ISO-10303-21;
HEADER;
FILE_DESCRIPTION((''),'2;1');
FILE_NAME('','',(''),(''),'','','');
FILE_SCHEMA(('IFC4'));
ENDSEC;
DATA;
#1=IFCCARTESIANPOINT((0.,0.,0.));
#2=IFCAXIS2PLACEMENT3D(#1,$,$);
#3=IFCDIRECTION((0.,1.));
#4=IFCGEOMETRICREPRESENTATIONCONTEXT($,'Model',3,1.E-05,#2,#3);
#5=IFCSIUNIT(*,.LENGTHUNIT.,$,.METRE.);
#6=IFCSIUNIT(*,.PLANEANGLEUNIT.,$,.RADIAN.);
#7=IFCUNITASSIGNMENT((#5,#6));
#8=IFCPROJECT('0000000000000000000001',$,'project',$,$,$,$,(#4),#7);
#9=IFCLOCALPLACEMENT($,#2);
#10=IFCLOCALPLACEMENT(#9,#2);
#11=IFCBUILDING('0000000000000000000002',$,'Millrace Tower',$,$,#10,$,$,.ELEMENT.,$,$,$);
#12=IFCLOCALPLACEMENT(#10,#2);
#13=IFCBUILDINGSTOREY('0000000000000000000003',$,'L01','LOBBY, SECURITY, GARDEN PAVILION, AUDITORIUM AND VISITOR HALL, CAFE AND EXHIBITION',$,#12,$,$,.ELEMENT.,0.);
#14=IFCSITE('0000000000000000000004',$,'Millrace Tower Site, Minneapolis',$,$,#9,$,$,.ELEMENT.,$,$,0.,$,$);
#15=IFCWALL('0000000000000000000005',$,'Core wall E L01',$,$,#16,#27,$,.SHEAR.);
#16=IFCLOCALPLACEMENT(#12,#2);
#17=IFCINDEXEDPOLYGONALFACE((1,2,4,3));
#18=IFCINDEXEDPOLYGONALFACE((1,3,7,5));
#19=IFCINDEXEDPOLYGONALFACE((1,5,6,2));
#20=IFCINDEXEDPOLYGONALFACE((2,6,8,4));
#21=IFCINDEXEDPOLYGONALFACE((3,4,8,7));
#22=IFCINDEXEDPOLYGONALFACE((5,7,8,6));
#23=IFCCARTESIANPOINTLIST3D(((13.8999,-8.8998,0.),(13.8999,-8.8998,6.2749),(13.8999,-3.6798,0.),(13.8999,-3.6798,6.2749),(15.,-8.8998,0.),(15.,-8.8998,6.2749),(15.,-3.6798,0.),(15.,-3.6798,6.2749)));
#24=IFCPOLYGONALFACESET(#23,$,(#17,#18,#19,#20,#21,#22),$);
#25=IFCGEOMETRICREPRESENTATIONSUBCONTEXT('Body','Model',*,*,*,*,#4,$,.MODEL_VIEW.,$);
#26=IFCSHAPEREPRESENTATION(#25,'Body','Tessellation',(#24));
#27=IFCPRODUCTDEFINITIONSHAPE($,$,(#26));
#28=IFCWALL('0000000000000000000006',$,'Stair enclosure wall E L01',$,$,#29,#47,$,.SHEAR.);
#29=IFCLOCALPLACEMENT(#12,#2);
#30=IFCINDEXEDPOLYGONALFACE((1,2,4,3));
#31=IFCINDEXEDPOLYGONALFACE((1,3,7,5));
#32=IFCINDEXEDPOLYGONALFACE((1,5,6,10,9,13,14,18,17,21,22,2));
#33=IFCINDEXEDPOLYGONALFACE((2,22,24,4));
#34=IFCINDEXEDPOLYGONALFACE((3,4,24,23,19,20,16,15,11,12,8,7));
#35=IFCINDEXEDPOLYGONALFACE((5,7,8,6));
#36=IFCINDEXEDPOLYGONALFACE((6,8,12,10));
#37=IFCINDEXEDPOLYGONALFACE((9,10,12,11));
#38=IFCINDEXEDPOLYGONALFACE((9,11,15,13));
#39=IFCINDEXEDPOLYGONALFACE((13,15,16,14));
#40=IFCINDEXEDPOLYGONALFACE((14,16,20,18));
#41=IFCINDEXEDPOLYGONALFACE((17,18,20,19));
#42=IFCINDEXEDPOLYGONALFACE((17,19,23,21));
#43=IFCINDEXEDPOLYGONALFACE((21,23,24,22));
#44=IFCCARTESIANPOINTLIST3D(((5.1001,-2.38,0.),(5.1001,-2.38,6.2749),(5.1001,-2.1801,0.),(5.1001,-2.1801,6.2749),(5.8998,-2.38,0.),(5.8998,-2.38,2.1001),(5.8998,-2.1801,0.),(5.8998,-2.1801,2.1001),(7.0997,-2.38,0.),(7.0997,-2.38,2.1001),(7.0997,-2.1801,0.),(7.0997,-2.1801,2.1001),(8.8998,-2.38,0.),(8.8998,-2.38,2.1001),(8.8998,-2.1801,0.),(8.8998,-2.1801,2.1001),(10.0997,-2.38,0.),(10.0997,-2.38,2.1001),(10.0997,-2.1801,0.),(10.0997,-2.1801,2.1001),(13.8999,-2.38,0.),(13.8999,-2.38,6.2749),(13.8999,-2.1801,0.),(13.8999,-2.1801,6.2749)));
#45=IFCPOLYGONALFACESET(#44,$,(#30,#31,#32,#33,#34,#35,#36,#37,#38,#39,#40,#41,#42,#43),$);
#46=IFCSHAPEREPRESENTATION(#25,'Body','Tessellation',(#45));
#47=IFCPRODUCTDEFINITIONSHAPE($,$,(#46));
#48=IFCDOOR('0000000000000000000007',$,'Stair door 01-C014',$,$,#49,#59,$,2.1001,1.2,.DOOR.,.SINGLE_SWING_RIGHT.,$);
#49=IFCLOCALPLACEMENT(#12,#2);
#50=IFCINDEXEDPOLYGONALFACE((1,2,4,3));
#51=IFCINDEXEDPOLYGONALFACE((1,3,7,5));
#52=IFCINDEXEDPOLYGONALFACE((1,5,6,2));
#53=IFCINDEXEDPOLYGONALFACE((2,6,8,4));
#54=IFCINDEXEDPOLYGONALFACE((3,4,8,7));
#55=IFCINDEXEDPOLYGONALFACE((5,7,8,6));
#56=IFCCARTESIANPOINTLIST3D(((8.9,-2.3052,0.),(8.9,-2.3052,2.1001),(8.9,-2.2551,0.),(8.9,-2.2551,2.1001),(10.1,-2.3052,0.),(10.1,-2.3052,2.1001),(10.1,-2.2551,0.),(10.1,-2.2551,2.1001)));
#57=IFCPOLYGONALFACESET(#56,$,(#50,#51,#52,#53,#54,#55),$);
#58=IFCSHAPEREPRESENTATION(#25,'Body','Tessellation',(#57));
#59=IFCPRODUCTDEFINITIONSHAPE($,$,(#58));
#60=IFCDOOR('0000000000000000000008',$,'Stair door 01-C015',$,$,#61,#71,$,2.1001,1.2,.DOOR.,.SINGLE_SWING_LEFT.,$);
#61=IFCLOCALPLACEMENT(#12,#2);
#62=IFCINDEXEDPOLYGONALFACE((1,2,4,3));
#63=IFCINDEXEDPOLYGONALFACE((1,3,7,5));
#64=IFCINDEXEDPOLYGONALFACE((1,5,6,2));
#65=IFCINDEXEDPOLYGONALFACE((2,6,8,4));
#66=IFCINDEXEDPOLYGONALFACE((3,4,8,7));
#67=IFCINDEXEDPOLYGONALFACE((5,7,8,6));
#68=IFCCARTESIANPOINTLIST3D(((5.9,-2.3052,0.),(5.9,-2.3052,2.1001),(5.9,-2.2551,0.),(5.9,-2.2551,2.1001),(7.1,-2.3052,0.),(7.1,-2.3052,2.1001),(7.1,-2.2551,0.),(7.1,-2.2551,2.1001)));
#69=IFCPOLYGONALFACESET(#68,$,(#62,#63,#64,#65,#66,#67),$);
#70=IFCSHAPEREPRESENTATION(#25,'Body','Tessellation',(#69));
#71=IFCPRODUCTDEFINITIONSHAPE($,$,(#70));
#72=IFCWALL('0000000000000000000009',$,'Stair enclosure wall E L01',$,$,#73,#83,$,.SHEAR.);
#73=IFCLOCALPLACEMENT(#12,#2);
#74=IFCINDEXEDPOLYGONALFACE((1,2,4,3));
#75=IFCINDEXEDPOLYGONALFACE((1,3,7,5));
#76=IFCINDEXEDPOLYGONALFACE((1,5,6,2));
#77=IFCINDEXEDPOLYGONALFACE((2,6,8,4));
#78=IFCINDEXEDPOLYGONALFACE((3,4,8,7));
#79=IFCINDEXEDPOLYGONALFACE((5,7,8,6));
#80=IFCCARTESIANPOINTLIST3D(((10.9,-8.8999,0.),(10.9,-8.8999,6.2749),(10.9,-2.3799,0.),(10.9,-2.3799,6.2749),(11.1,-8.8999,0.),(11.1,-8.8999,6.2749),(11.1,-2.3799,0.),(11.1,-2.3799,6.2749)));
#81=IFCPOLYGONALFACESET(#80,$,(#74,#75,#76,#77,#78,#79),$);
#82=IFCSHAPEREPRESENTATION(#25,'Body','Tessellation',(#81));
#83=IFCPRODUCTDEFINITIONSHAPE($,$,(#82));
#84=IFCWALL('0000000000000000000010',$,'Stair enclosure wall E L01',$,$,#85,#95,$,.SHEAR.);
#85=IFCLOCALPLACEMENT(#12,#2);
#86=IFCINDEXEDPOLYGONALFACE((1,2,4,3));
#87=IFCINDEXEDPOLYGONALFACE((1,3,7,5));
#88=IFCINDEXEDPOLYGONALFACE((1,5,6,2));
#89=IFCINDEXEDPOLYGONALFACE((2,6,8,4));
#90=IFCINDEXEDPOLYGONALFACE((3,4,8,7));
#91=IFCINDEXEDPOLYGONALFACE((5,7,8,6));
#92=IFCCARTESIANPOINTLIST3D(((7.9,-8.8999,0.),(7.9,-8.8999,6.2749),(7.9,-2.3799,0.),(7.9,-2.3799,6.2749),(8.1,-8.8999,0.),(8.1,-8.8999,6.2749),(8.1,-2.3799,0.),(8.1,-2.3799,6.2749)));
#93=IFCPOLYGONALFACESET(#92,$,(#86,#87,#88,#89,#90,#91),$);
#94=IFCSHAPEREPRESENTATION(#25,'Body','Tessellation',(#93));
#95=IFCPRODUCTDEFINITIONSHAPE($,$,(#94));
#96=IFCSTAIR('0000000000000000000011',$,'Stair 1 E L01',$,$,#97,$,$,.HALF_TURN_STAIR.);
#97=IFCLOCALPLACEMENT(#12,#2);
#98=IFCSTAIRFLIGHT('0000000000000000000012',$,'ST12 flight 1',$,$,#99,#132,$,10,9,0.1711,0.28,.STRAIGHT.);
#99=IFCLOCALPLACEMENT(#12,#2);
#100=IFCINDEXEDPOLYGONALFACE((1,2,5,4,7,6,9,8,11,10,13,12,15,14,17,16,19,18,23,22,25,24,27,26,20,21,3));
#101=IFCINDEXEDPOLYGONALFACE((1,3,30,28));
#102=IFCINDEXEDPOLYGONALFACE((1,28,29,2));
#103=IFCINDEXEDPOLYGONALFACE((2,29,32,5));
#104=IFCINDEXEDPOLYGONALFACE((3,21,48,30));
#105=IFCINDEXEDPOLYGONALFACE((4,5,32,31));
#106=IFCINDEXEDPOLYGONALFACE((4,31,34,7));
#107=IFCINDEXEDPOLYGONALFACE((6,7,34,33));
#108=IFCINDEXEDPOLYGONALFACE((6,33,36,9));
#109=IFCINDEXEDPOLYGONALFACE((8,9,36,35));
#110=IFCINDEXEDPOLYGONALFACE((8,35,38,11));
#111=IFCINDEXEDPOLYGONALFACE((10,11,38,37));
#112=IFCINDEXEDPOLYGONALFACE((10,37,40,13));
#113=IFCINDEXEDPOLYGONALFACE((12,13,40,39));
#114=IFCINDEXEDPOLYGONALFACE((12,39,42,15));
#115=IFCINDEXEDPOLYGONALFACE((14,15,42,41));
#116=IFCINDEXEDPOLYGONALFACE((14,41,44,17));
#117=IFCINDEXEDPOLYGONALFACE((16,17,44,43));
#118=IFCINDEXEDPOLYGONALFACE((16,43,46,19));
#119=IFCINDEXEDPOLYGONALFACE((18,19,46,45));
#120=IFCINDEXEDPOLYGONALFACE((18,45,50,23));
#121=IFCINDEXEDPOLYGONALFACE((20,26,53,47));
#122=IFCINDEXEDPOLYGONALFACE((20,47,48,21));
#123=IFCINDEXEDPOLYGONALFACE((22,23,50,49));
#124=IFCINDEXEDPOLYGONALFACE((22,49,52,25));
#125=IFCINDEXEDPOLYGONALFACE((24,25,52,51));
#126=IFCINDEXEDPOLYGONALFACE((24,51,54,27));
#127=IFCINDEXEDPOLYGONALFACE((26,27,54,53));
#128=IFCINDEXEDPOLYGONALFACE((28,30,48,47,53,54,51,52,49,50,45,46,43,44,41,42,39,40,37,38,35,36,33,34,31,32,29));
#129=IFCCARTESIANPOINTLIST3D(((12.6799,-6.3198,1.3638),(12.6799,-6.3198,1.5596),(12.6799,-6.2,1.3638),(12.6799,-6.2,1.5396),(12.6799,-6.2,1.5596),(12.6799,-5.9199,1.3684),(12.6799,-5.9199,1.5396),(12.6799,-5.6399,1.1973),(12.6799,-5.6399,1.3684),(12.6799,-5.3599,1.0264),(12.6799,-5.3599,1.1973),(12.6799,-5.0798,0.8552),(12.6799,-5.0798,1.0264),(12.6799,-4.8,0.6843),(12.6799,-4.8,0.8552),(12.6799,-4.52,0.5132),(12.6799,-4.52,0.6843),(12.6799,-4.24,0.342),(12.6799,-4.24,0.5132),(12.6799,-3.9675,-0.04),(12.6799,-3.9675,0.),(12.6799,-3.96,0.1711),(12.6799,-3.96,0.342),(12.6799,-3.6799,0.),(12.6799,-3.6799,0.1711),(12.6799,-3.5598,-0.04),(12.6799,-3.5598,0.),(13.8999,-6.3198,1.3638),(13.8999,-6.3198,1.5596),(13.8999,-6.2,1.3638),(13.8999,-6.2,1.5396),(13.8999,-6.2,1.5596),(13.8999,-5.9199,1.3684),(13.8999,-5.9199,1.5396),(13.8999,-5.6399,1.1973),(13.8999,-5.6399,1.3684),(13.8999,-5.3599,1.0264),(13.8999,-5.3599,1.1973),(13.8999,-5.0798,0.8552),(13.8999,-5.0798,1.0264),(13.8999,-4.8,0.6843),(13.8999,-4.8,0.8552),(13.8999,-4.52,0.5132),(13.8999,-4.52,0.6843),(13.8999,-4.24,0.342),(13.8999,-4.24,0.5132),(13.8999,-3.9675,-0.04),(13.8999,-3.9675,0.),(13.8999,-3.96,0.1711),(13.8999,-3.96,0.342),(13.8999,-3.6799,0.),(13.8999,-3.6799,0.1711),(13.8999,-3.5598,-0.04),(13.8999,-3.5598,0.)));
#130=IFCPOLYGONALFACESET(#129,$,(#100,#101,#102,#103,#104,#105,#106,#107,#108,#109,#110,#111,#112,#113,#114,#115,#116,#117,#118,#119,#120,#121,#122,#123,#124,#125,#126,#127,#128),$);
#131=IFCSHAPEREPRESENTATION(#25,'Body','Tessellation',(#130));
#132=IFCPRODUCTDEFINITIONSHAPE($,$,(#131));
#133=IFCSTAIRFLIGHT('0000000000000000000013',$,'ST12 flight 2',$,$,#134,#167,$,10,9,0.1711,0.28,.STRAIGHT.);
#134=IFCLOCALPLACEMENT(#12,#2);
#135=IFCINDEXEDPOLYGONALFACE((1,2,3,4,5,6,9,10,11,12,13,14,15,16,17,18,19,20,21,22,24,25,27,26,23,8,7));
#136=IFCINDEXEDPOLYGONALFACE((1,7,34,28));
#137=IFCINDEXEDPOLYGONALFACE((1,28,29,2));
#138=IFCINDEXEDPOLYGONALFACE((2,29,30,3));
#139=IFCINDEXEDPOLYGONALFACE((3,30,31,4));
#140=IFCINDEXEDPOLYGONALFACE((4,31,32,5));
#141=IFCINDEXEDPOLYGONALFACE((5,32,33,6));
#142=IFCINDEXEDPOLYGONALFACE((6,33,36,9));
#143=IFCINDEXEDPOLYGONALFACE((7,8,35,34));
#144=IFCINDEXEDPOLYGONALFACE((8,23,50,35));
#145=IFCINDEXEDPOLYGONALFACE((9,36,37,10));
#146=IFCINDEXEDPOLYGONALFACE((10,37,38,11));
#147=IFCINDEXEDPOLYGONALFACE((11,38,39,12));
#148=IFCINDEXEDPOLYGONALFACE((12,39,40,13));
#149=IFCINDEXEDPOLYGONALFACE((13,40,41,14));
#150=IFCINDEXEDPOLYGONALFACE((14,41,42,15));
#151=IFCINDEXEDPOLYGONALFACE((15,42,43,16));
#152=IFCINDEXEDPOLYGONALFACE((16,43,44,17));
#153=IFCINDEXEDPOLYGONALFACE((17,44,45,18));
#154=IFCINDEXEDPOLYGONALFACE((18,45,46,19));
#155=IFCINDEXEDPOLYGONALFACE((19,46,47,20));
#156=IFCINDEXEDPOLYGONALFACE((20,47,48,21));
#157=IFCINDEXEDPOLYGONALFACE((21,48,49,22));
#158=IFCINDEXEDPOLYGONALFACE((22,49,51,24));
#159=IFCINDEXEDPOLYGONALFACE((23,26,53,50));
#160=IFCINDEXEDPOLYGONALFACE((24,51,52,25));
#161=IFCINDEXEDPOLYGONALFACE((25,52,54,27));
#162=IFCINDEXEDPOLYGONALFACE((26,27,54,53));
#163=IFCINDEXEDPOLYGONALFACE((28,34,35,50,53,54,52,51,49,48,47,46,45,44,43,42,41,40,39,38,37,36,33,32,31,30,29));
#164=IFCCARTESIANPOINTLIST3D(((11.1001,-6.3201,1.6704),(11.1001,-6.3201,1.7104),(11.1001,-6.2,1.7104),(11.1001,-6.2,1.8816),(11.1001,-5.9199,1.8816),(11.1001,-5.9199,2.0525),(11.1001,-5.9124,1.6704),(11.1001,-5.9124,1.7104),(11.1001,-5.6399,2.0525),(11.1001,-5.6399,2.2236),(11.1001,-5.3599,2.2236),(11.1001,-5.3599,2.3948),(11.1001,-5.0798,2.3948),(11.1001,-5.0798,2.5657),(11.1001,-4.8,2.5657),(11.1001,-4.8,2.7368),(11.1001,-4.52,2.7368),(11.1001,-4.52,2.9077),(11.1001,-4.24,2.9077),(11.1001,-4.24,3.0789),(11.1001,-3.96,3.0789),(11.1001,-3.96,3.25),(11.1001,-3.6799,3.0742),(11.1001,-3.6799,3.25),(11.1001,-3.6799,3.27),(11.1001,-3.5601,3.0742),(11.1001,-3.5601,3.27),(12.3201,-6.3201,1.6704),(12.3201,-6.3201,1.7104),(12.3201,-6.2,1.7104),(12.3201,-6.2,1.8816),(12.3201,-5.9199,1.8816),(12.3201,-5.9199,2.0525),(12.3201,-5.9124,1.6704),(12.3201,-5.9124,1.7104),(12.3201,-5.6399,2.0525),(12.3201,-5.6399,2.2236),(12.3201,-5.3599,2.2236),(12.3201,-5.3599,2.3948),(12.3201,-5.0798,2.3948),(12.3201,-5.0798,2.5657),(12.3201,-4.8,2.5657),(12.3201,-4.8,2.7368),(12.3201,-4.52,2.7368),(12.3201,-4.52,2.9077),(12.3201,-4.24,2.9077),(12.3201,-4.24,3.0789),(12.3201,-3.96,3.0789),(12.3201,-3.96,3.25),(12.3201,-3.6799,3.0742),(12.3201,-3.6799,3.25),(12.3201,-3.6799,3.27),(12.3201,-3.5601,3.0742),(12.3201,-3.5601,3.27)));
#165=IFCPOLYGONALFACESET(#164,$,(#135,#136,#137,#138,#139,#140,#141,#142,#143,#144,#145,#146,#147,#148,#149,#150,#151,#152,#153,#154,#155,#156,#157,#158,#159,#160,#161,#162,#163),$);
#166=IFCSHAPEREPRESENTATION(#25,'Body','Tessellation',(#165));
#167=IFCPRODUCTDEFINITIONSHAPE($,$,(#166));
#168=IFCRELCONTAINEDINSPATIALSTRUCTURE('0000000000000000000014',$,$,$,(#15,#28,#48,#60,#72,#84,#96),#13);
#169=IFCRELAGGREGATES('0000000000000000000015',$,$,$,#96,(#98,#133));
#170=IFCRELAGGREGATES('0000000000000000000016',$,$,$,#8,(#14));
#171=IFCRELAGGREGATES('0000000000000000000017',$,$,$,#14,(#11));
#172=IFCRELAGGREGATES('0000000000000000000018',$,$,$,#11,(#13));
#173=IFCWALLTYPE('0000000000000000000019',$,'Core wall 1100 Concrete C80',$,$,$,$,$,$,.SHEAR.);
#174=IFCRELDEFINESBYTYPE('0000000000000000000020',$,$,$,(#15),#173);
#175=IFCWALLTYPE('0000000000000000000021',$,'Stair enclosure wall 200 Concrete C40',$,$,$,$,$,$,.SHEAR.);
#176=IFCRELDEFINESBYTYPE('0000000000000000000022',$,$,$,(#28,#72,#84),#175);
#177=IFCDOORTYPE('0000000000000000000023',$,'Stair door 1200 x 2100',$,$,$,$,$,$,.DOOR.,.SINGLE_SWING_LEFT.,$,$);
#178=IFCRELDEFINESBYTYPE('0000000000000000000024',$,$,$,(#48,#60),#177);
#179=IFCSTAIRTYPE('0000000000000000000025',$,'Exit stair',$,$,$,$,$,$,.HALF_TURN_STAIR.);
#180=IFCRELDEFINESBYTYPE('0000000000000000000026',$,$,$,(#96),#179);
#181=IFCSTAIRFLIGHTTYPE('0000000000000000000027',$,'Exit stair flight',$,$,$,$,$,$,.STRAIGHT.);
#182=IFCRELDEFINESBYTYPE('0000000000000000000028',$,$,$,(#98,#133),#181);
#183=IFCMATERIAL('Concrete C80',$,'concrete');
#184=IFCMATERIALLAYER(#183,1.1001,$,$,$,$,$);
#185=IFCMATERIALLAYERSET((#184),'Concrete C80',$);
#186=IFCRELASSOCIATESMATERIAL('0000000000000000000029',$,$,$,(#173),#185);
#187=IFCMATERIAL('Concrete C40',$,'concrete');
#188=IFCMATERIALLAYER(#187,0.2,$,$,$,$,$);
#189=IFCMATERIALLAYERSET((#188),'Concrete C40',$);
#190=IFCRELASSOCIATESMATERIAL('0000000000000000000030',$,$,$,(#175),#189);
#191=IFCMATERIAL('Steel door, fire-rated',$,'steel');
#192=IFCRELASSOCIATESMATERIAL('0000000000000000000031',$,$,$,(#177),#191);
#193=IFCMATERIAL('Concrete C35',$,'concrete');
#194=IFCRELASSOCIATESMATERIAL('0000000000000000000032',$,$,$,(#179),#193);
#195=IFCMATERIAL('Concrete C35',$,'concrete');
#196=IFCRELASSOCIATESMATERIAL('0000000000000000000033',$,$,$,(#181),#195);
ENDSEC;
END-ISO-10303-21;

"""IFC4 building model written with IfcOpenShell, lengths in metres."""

from ifc_helpers import new_model, si_unit, direction, frame, frame_2d, origin, place, context, subcontext, project, spatial, polyline, rectangle, outline, extrude, material, layer, layer_set, type_object, element, fill, aggregate, save


model = new_model("IFC4")

# Units and contexts
model_context = context("Model", 3, precision=1e-05, world=origin(), true_north=direction((0.0, 1.0)))
body_context = subcontext(model_context, "Body", "Model", "MODEL_VIEW")
ifc_project = project(units=[si_unit("LENGTHUNIT", "METRE"), si_unit("PLANEANGLEUNIT", "RADIAN")], contexts=[model_context])

# Site, building, storey
site_placement = place(None, origin())
site = spatial("IfcSite", under=ifc_project, at=site_placement, Name="Millrace Tower Site, Minneapolis", CompositionType="ELEMENT", RefElevation=0.0)
building_placement = place(site_placement, origin())
building = spatial("IfcBuilding", under=site, at=building_placement, Name="Millrace Tower", CompositionType="ELEMENT")
storey_placement = place(building_placement, origin())
storey = spatial("IfcBuildingStorey", under=building, at=storey_placement, Name="L01", Description="LOBBY, SECURITY, GARDEN PAVILION, AUDITORIUM AND VISITOR HALL, CAFE AND EXHIBITION", CompositionType="ELEMENT", Elevation=0.0)

# Wall
ifc_material_1 = material(Name="Concrete C80", Category="concrete")
ifc_layer_1 = layer(ifc_material_1, 1.1001)
ifc_layer_set_1 = layer_set([ifc_layer_1], Name="Concrete C80")
wall_type_1 = type_object("IfcWallType", Name="Core wall 1100 Concrete C80", PredefinedType="SHEAR", material=ifc_layer_set_1)
wall_1_placement = place(storey_placement, frame((14.45, -3.6799, 0.0), z_axis=(0.0, 0.0, 1.0), x_axis=(0.0, -1.0, 0.0)))
element("IfcWall", 1, at=wall_1_placement, inside=storey, type_object=wall_type_1, Name="Core wall E L01", PredefinedType="SHEAR", context=body_context, shape_type="SweptSolid", body=[
    extrude(rectangle(XDim=5.22, YDim=1.1001, at=frame_2d((2.6099, 0.0))), origin(), (0.0, 0.0, 1.0), 6.2749),
])

# Wall, openings, doors
ifc_material_2 = material(Name="Concrete C40", Category="concrete")
ifc_layer_2 = layer(ifc_material_2, 0.2)
ifc_layer_set_2 = layer_set([ifc_layer_2], Name="Concrete C40")
wall_type_2 = type_object("IfcWallType", Name="Stair enclosure wall 200 Concrete C40", PredefinedType="SHEAR", material=ifc_layer_set_2)
wall_2_placement = place(storey_placement, frame((13.8999, -2.28, 0.0), z_axis=(0.0, 0.0, 1.0), x_axis=(-1.0, 0.0, 0.0)))
wall_2 = element("IfcWall", 2, at=wall_2_placement, inside=storey, type_object=wall_type_2, Name="Stair enclosure wall E L01", PredefinedType="SHEAR", context=body_context, shape_type="SweptSolid", body=[
    extrude(rectangle(XDim=8.7998, YDim=0.2, at=frame_2d((4.3999, 0.0))), origin(), (0.0, 0.0, 1.0), 6.2749),
])
opening_1_placement = place(wall_2_placement, frame((3.8, 0.0, 0.0)))
opening_1 = element("IfcOpeningElement", 3, at=opening_1_placement, cuts=wall_2, PredefinedType="OPENING", context=body_context, shape_type="SweptSolid", body=[
    extrude(rectangle(XDim=1.2, YDim=2.1001, at=frame_2d((0.6001, 1.05))), frame((0.0, 0.1099, 0.0), z_axis=(0.0, -1.0, 0.0), x_axis=(1.0, 0.0, 0.0)), (0.0, 0.0, 1.0), 0.22),
])
opening_2_placement = place(wall_2_placement, frame((6.8, 0.0, 0.0)))
opening_2 = element("IfcOpeningElement", 4, at=opening_2_placement, cuts=wall_2, PredefinedType="OPENING", context=body_context, shape_type="SweptSolid", body=[
    extrude(rectangle(XDim=1.2, YDim=2.1001, at=frame_2d((0.6001, 1.05))), frame((0.0, 0.1099, 0.0), z_axis=(0.0, -1.0, 0.0), x_axis=(1.0, 0.0, 0.0)), (0.0, 0.0, 1.0), 0.22),
])
ifc_material_3 = material(Name="Steel door, fire-rated", Category="steel")
door_type = type_object("IfcDoorType", Name="Stair door 1200 x 2100", OperationType="SINGLE_SWING_LEFT", PredefinedType="DOOR", material=ifc_material_3)
door_1_placement = place(opening_1_placement, frame((1.2, 0.0, 0.0), z_axis=(0.0, 0.0, 1.0), x_axis=(-1.0, 0.0, 0.0)))
door_1 = element("IfcDoor", 5, at=door_1_placement, inside=storey, type_object=door_type, Name="Stair door 01-C014", OperationType="SINGLE_SWING_RIGHT", OverallHeight=2.1001, OverallWidth=1.2, PredefinedType="DOOR", context=body_context, shape_type="SweptSolid", body=[
    extrude(rectangle(XDim=1.2, YDim=2.1001, at=frame_2d((0.6001, 1.05))), frame((0.0, 0.0249, 0.0), z_axis=(0.0, -1.0, 0.0), x_axis=(1.0, 0.0, 0.0)), (0.0, 0.0, 1.0), 0.05),
])
fill(opening_1, door_1)
door_2_placement = place(opening_2_placement, frame((1.2, 0.0, 0.0), z_axis=(0.0, 0.0, 1.0), x_axis=(-1.0, 0.0, 0.0)))
door_2 = element("IfcDoor", 6, at=door_2_placement, inside=storey, type_object=door_type, Name="Stair door 01-C015", OperationType="SINGLE_SWING_LEFT", OverallHeight=2.1001, OverallWidth=1.2, PredefinedType="DOOR", context=body_context, shape_type="SweptSolid", body=[
    extrude(rectangle(XDim=1.2, YDim=2.1001, at=frame_2d((0.6001, 1.05))), frame((0.0, 0.0249, 0.0), z_axis=(0.0, -1.0, 0.0), x_axis=(1.0, 0.0, 0.0)), (0.0, 0.0, 1.0), 0.05),
])
fill(opening_2, door_2)

# Walls
for number, where, z_axis, x_axis, name in (
    (7, (11.0, -2.3799, 0.0), (0.0, 0.0, 1.0), (0.0, -1.0, 0.0), "Stair enclosure wall E L01"),
    (8, (8.0, -2.3799, 0.0), (0.0, 0.0, 1.0), (0.0, -1.0, 0.0), "Stair enclosure wall E L01"),
):
    element("IfcWall", number, at=place(storey_placement, frame(where, z_axis=z_axis, x_axis=x_axis)), inside=storey, type_object=wall_type_2, Name=name, PredefinedType="SHEAR", context=body_context, shape_type="SweptSolid", body=[
        extrude(rectangle(XDim=6.52, YDim=0.2, at=frame_2d((3.26, 0.0))), origin(), (0.0, 0.0, 1.0), 6.2749),
    ])

# Stair, stair flights
ifc_material_4 = material(Name="Concrete C35", Category="concrete")
stair_type = type_object("IfcStairType", Name="Exit stair", PredefinedType="HALF_TURN_STAIR", material=ifc_material_4)
placement = place(storey_placement, origin())
stair_1 = element("IfcStair", 9, at=placement, inside=storey, type_object=stair_type, Name="Stair 1 E L01", PredefinedType="HALF_TURN_STAIR")
ifc_material_5 = material(Name="Concrete C35", Category="concrete")
stair_flight_type = type_object("IfcStairFlightType", Name="Exit stair flight", PredefinedType="STRAIGHT", material=ifc_material_5)
stair_flight_1_placement = place(storey_placement, frame((13.29, -3.6799, 0.0), z_axis=(0.0, 0.0, 1.0), x_axis=(0.0, -1.0, 0.0)))
stair_flight_1 = element("IfcStairFlight", 10, at=stair_flight_1_placement, type_object=stair_flight_type, Name="ST12 flight 1", NumberOfRisers=10, NumberOfTreads=9, PredefinedType="STRAIGHT", RiserHeight=0.1711, TreadLength=0.28, context=body_context, shape_type="SweptSolid", body=[
    extrude(outline(polyline([(-0.1201, -0.04), (-0.1201, 0.0), (0.0, 0.0), (0.0, 0.1711), (0.28, 0.1711), (0.28, 0.342), (0.5601, 0.342), (0.5601, 0.5132), (0.8401, 0.5132), (0.8401, 0.6843), (1.1201, 0.6843), (1.1201, 0.8552), (1.3999, 0.8552), (1.3999, 1.0264), (1.6799, 1.0264), (1.6799, 1.1973), (1.96, 1.1973), (1.96, 1.3684), (2.24, 1.3684), (2.24, 1.5396), (2.52, 1.5396), (2.52, 1.5596), (2.6399, 1.5596), (2.6399, 1.3638), (2.52, 1.3638), (0.2876, 0.0), (0.2876, -0.04), (-0.1201, -0.04)])), frame((0.0, 0.6099, 0.0), z_axis=(0.0, -1.0, 0.0), x_axis=(1.0, 0.0, 0.0)), (0.0, 0.0, 1.0), 1.22),
])
stair_flight_2_placement = place(storey_placement, frame((11.71, -6.2, 1.7104), z_axis=(0.0, 0.0, 1.0), x_axis=(0.0, 1.0, 0.0)))
stair_flight_2 = element("IfcStairFlight", 11, at=stair_flight_2_placement, type_object=stair_flight_type, Name="ST12 flight 2", NumberOfRisers=10, NumberOfTreads=9, PredefinedType="STRAIGHT", RiserHeight=0.1711, TreadLength=0.28, context=body_context, shape_type="SweptSolid", body=[
    extrude(outline(polyline([(-0.1201, -0.04), (-0.1201, 0.0), (0.0, 0.0), (0.0, 0.1711), (0.28, 0.1711), (0.28, 0.342), (0.5601, 0.342), (0.5601, 0.5132), (0.8401, 0.5132), (0.8401, 0.6843), (1.1201, 0.6843), (1.1201, 0.8552), (1.3999, 0.8552), (1.3999, 1.0264), (1.6799, 1.0264), (1.6799, 1.1973), (1.96, 1.1973), (1.96, 1.3684), (2.24, 1.3684), (2.24, 1.5396), (2.52, 1.5396), (2.52, 1.5596), (2.6399, 1.5596), (2.6399, 1.3638), (2.52, 1.3638), (0.2876, 0.0), (0.2876, -0.04), (-0.1201, -0.04)])), frame((0.0, 0.6099, 0.0), z_axis=(0.0, -1.0, 0.0), x_axis=(1.0, 0.0, 0.0)), (0.0, 0.0, 1.0), 1.22),
])
aggregate(stair_1, [stair_flight_1, stair_flight_2])

save(model, "model.ifc")
